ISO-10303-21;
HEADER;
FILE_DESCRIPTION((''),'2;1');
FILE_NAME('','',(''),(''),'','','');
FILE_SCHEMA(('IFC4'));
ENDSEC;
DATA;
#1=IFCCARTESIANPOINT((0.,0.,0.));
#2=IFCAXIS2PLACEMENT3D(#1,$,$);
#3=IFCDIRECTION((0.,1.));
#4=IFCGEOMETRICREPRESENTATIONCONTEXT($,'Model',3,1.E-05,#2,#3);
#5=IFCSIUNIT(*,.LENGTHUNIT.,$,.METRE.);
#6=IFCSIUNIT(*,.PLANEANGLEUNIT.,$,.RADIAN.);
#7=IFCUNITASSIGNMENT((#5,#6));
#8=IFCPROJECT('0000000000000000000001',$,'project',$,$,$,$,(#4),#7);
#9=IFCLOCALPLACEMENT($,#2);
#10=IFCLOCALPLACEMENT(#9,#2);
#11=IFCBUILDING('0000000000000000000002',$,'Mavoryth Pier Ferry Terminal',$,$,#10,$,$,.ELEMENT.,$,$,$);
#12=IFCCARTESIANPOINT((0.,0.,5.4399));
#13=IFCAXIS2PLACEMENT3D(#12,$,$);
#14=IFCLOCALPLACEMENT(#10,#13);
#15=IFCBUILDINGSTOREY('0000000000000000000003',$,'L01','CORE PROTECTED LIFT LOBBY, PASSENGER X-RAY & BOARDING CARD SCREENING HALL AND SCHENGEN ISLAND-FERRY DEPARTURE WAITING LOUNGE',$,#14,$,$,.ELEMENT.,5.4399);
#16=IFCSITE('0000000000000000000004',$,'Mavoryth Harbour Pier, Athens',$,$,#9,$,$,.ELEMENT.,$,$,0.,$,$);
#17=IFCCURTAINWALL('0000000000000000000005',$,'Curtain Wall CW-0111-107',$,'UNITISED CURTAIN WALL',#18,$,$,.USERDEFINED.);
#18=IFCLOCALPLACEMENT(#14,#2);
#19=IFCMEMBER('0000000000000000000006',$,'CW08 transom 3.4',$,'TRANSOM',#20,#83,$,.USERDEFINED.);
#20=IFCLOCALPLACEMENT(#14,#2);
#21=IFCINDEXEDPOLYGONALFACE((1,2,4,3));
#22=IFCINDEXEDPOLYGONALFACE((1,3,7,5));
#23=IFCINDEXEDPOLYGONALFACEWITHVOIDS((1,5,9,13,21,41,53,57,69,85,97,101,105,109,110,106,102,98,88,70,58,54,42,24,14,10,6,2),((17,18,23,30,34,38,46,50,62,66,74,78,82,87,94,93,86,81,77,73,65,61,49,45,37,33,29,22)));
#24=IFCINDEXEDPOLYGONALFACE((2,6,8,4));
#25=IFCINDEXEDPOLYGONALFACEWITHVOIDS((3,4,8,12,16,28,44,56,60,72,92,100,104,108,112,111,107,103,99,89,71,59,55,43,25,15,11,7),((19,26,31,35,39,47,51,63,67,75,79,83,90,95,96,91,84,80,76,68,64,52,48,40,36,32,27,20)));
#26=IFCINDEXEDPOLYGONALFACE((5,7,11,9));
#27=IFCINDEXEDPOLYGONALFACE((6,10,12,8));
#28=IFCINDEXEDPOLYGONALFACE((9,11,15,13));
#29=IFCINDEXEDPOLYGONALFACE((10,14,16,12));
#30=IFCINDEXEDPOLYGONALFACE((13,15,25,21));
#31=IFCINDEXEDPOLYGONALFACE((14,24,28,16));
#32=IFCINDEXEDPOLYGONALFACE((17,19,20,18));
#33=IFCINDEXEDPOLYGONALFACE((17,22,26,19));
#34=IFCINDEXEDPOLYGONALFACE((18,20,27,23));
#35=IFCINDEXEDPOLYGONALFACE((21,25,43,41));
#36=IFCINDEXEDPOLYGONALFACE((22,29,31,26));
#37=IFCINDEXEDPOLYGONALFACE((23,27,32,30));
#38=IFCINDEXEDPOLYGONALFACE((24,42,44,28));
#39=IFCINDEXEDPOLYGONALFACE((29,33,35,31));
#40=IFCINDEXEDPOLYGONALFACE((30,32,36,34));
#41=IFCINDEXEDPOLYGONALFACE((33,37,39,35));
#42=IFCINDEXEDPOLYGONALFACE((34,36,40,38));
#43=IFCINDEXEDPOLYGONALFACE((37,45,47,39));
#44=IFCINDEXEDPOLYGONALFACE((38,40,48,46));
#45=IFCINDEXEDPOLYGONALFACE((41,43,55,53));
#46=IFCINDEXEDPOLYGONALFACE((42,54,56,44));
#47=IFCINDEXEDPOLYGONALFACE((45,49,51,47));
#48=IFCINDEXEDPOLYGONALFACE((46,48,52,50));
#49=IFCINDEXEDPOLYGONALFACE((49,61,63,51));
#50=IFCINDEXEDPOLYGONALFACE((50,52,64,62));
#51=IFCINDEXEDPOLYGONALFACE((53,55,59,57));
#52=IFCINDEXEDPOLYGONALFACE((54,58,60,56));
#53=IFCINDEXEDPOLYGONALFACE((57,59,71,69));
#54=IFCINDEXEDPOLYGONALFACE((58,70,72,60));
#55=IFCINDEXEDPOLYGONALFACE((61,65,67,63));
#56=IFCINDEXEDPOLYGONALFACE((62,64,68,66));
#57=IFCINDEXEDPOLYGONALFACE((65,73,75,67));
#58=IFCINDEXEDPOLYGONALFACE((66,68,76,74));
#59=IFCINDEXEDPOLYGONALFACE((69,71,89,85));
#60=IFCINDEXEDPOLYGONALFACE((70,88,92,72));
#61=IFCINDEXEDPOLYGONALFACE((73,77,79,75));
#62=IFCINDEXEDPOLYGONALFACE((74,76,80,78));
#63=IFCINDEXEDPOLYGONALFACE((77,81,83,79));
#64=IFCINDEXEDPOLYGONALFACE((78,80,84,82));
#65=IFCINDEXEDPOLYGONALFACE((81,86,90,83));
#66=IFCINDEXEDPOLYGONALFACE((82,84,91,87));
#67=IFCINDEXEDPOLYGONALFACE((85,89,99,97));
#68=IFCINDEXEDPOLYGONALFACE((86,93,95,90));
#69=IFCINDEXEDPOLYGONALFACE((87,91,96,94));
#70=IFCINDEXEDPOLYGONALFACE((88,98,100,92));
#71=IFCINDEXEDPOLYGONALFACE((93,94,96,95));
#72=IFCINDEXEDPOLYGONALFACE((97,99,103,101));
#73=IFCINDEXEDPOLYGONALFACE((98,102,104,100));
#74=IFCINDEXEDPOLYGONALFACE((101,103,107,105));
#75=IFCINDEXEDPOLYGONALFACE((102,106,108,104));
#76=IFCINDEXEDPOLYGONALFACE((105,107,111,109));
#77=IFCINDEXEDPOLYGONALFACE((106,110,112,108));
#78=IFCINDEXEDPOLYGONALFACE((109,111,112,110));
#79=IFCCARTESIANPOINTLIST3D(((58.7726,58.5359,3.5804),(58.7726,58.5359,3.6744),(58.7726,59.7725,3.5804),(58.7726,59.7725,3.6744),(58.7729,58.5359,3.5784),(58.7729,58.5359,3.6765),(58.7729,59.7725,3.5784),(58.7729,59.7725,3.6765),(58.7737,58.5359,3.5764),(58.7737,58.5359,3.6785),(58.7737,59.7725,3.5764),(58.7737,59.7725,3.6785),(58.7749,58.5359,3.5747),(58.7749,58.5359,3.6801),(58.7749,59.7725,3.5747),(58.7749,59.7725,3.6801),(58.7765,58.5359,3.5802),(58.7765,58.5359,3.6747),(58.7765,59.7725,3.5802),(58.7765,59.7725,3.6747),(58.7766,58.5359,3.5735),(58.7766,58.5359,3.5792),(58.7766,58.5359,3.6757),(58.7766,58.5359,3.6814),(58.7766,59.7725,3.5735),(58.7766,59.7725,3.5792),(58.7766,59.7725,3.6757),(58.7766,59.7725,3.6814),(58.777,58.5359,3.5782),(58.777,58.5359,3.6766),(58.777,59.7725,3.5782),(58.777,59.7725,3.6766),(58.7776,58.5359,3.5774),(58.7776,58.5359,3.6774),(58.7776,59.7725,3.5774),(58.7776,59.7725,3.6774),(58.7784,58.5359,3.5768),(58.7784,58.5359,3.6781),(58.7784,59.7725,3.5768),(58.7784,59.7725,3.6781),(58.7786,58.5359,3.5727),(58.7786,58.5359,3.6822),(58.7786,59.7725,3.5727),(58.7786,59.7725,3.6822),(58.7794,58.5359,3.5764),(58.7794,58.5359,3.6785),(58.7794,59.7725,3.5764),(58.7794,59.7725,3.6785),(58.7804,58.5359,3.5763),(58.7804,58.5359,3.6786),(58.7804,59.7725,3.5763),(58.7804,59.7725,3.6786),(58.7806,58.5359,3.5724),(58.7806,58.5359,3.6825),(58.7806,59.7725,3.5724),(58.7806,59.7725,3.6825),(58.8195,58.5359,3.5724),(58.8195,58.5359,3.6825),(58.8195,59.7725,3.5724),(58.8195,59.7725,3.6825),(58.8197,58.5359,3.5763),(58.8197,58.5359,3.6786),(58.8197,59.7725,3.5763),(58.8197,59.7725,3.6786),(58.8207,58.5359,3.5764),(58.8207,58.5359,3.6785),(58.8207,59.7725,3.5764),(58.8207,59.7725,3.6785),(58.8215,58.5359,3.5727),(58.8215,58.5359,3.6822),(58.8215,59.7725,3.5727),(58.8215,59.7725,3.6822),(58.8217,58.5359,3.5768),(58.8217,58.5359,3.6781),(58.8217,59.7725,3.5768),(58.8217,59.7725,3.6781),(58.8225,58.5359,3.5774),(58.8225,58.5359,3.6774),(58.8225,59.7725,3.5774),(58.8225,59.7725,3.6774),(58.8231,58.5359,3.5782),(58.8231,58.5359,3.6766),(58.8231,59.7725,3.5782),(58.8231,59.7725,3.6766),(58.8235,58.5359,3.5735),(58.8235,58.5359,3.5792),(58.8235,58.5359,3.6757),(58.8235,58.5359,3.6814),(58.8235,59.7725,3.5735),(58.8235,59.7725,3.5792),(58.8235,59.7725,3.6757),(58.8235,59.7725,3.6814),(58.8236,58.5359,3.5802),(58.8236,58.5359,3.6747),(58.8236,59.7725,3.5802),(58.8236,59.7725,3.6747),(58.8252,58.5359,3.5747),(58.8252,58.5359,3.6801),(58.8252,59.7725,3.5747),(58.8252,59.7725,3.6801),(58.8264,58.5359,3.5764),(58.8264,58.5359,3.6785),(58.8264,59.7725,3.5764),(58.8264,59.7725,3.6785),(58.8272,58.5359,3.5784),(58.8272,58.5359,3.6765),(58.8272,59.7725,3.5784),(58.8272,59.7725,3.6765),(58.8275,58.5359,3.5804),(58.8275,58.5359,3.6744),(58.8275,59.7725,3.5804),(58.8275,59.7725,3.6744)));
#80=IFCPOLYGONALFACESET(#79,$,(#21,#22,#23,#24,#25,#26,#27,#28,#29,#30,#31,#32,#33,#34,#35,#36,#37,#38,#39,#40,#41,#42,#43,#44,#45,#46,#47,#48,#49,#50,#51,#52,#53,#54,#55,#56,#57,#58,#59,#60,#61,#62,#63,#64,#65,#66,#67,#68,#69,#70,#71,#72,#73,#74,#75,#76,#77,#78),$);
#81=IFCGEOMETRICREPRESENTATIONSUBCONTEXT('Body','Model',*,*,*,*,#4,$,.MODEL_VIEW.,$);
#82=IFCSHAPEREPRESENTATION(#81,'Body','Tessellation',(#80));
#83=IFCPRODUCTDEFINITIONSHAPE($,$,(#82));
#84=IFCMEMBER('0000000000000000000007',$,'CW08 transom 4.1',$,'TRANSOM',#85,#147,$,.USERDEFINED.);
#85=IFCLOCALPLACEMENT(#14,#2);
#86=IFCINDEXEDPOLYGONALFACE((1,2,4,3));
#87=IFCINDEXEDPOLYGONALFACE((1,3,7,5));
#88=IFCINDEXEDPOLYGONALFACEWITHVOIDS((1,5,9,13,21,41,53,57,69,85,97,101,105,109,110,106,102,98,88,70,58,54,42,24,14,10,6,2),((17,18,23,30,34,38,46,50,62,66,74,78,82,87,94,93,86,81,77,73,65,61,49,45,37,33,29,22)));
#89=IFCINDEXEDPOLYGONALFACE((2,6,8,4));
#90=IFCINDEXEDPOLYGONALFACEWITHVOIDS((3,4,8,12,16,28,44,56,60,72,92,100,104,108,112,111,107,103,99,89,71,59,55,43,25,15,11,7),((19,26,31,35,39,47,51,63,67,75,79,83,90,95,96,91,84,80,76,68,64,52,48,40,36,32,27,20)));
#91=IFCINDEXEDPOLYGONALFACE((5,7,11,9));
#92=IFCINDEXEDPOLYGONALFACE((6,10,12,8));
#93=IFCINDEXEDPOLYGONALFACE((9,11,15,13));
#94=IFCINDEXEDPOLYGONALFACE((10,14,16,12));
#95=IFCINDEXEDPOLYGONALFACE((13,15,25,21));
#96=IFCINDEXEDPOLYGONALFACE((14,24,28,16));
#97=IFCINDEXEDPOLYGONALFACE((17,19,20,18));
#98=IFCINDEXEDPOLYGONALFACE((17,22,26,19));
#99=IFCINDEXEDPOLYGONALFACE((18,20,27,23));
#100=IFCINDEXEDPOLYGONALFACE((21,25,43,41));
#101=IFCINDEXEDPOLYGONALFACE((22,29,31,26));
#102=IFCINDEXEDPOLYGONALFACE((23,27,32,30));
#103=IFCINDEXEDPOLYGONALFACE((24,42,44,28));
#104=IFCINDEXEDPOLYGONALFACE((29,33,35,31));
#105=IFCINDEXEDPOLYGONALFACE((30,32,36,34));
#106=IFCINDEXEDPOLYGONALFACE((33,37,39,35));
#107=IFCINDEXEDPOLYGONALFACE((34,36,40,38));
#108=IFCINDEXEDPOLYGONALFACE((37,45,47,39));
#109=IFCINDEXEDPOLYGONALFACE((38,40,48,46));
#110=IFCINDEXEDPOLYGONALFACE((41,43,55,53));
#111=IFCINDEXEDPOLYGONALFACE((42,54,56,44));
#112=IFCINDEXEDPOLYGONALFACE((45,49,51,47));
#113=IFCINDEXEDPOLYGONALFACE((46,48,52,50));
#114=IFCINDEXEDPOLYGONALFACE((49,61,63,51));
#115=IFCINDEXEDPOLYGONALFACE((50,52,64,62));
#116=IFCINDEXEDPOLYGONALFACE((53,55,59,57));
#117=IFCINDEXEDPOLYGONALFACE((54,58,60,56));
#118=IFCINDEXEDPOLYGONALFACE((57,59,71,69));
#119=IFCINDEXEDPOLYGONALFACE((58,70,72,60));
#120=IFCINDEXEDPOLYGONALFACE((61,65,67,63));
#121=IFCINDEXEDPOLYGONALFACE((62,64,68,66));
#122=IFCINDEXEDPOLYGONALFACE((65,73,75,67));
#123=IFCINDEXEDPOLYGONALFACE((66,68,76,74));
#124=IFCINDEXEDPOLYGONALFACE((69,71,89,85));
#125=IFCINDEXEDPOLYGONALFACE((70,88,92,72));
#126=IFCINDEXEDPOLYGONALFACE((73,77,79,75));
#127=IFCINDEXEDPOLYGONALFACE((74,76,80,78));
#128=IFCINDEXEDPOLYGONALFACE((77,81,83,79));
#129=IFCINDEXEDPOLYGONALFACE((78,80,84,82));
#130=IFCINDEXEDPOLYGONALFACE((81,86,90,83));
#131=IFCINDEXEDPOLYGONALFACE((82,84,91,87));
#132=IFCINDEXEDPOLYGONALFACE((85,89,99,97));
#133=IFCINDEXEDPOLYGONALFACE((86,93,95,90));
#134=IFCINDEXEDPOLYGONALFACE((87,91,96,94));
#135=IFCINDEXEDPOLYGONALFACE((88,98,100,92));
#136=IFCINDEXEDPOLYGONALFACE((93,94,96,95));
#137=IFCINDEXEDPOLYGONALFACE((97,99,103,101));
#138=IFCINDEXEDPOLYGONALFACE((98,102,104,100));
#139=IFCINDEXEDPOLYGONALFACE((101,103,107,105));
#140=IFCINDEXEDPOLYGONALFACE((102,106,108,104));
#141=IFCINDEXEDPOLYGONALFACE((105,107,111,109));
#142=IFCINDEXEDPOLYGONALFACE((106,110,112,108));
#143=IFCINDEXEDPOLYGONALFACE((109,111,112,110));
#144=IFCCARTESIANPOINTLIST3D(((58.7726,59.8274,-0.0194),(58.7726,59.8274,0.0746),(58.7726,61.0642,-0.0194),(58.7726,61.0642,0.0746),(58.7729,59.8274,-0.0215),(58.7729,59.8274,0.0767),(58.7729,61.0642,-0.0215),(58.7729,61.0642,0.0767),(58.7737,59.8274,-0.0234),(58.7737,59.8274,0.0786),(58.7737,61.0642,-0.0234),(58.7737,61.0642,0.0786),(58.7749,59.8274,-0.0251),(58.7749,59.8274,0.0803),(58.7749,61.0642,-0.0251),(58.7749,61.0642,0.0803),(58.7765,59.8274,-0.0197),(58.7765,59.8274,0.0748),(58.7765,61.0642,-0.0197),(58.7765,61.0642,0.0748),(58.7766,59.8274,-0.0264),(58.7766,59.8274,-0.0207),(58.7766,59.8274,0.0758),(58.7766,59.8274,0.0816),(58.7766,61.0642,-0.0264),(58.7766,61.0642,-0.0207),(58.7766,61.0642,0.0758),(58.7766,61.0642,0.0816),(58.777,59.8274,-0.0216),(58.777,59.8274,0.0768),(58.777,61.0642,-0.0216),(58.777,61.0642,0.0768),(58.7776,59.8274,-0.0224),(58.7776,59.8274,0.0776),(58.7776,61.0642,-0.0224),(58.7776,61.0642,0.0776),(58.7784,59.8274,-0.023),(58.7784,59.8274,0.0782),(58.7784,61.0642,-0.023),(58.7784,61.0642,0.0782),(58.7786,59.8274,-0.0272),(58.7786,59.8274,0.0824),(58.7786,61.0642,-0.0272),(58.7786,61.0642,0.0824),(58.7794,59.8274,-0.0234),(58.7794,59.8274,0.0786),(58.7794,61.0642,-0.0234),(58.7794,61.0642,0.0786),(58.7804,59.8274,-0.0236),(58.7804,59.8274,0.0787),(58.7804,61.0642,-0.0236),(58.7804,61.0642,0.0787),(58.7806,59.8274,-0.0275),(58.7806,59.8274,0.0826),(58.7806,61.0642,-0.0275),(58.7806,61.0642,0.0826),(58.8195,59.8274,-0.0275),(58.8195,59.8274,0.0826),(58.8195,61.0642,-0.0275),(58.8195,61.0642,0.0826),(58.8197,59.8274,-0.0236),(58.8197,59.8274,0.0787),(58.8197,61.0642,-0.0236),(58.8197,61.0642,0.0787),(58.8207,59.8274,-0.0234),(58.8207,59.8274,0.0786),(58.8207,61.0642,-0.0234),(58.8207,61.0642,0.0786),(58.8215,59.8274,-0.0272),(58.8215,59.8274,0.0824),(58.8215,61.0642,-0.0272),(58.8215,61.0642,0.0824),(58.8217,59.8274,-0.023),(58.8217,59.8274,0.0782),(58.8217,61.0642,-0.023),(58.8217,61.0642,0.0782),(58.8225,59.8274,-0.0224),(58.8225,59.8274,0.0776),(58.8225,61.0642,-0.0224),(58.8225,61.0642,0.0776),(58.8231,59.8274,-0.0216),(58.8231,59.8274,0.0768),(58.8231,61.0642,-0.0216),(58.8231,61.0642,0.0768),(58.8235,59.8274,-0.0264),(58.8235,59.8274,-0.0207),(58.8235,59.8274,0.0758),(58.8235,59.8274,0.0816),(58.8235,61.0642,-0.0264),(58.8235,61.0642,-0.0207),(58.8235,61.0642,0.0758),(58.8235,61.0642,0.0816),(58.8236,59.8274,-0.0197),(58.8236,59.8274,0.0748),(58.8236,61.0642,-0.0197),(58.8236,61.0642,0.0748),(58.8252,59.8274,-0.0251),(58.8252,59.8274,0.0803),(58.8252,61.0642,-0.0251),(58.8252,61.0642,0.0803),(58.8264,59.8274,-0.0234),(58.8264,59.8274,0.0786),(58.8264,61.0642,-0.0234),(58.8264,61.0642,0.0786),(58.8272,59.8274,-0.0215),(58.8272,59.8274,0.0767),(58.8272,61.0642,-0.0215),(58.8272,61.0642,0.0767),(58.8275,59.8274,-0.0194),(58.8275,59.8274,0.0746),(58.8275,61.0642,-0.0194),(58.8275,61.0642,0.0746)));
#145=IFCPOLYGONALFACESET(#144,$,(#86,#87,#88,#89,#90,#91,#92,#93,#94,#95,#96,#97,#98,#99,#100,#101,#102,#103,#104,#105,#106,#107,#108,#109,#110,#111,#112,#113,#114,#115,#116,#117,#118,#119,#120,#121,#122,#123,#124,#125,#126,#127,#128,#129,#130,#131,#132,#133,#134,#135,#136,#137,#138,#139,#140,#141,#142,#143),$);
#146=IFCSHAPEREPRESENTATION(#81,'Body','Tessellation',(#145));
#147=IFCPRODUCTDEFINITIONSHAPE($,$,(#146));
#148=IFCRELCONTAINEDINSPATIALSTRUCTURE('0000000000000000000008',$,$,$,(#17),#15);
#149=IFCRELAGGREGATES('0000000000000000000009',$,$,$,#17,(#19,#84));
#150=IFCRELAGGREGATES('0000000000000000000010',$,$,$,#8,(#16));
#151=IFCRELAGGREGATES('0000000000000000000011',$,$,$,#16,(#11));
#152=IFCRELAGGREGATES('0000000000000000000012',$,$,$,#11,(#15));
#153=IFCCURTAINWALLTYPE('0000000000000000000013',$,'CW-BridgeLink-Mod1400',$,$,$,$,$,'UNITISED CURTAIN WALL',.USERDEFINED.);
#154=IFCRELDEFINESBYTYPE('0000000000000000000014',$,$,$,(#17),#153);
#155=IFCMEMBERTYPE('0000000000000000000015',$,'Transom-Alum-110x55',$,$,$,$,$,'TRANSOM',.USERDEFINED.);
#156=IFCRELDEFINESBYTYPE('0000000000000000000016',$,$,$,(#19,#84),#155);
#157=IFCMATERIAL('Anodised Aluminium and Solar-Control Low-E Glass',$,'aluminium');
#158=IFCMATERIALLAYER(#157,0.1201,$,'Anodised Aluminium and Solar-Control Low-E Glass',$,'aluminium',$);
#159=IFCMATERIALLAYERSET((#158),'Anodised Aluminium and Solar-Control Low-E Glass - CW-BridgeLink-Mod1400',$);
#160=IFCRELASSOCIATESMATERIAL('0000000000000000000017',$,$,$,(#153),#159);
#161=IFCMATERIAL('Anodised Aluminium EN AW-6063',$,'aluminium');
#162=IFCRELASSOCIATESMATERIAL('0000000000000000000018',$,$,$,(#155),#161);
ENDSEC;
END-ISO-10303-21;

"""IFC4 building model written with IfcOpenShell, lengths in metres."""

from ifc_helpers import new_model, si_unit, direction, frame, origin, origin_2d, place, context, subcontext, project, spatial, hollow_rectangle, extrude, material, layer, layer_set, material_profile, profile_set, type_object, element, aggregate, save


model = new_model("IFC4")

# Units and contexts
model_context = context("Model", 3, precision=1e-05, world=origin(), true_north=direction((0.0, 1.0)))
body_context = subcontext(model_context, "Body", "Model", "MODEL_VIEW")
ifc_project = project(units=[si_unit("LENGTHUNIT", "METRE"), si_unit("PLANEANGLEUNIT", "RADIAN")], contexts=[model_context])

# Site, building, storey
site_placement = place(None, origin())
site = spatial("IfcSite", under=ifc_project, at=site_placement, Name="Mavoryth Harbour Pier, Athens", CompositionType="ELEMENT", RefElevation=0.0)
building_placement = place(site_placement, origin())
building = spatial("IfcBuilding", under=site, at=building_placement, Name="Mavoryth Pier Ferry Terminal", CompositionType="ELEMENT")
storey_placement = place(building_placement, frame((0.0, 0.0, 5.4399)))
storey = spatial("IfcBuildingStorey", under=building, at=storey_placement, Name="L01", Description="CORE PROTECTED LIFT LOBBY, PASSENGER X-RAY & BOARDING CARD SCREENING HALL AND SCHENGEN ISLAND-FERRY DEPARTURE WAITING LOUNGE", CompositionType="ELEMENT", Elevation=5.4399)

# Shared definitions
ifc_material_1 = material(Name="Anodised Aluminium and Solar-Control Low-E Glass", Category="aluminium")
ifc_layer_1 = layer(ifc_material_1, 0.1201, Name="Anodised Aluminium and Solar-Control Low-E Glass", Category="aluminium")
ifc_layer_set_1 = layer_set([ifc_layer_1], Name="Anodised Aluminium and Solar-Control Low-E Glass - CW-BridgeLink-Mod1400")
curtain_wall_type = type_object("IfcCurtainWallType", Name="CW-BridgeLink-Mod1400", ElementType="UNITISED CURTAIN WALL", PredefinedType="USERDEFINED", material=ifc_layer_set_1)
ifc_material_2 = material(Name="Anodised Aluminium EN AW-6063", Category="aluminium")

# Curtain wall
curtain_wall_1_placement = place(storey_placement, origin())
curtain_wall_1 = element("IfcCurtainWall", 1, at=curtain_wall_1_placement, inside=storey, type_object=curtain_wall_type, Name="Curtain Wall CW-0111-107", ObjectType="UNITISED CURTAIN WALL", PredefinedType="USERDEFINED")

# Members
ifc_material_profile_1 = material_profile(ifc_material_2, hollow_rectangle(XDim=0.0549, YDim=0.1101, WallThickness=0.0039, InnerFilletRadius=0.0039, OuterFilletRadius=0.0081, at=origin_2d()), Name="AL-TRAN 110x55x4", Category="aluminium")
ifc_profile_set_1 = profile_set([ifc_material_profile_1], Name="Anodised Aluminium EN AW-6063 - AL-TRAN 110x55x4")
member_type_1 = type_object("IfcMemberType", Name="Transom-Alum-110x55", ElementType="TRANSOM", PredefinedType="USERDEFINED", material=ifc_profile_set_1)
member_1_placement = place(storey_placement, frame((58.8, 58.5359, 3.6274), z_axis=(0.0, 1.0, 0.0), x_axis=(-1.0, 0.0, 0.0)))
member_1 = element("IfcMember", 2, at=member_1_placement, type_object=member_type_1, Name="CW08 transom 3.4", ObjectType="TRANSOM", PredefinedType="USERDEFINED", context=body_context, shape_type="SweptSolid", body=[
    extrude(hollow_rectangle(XDim=0.0549, YDim=0.1101, WallThickness=0.0039, InnerFilletRadius=0.0039, OuterFilletRadius=0.0081, at=origin_2d()), origin(), (0.0, 0.0, 1.0), 1.2366),
])
member_2_placement = place(storey_placement, frame((58.8, 59.8274, 0.0276), z_axis=(0.0, 1.0, 0.0), x_axis=(-1.0, 0.0, 0.0)))
member_2 = element("IfcMember", 3, at=member_2_placement, type_object=member_type_1, Name="CW08 transom 4.1", ObjectType="TRANSOM", PredefinedType="USERDEFINED", context=body_context, shape_type="SweptSolid", body=[
    extrude(hollow_rectangle(XDim=0.0549, YDim=0.1101, WallThickness=0.0039, InnerFilletRadius=0.0039, OuterFilletRadius=0.0081, at=origin_2d()), origin(), (0.0, 0.0, 1.0), 1.2368),
])

aggregate(curtain_wall_1, [member_1, member_2])

save(model, "model.ifc")
